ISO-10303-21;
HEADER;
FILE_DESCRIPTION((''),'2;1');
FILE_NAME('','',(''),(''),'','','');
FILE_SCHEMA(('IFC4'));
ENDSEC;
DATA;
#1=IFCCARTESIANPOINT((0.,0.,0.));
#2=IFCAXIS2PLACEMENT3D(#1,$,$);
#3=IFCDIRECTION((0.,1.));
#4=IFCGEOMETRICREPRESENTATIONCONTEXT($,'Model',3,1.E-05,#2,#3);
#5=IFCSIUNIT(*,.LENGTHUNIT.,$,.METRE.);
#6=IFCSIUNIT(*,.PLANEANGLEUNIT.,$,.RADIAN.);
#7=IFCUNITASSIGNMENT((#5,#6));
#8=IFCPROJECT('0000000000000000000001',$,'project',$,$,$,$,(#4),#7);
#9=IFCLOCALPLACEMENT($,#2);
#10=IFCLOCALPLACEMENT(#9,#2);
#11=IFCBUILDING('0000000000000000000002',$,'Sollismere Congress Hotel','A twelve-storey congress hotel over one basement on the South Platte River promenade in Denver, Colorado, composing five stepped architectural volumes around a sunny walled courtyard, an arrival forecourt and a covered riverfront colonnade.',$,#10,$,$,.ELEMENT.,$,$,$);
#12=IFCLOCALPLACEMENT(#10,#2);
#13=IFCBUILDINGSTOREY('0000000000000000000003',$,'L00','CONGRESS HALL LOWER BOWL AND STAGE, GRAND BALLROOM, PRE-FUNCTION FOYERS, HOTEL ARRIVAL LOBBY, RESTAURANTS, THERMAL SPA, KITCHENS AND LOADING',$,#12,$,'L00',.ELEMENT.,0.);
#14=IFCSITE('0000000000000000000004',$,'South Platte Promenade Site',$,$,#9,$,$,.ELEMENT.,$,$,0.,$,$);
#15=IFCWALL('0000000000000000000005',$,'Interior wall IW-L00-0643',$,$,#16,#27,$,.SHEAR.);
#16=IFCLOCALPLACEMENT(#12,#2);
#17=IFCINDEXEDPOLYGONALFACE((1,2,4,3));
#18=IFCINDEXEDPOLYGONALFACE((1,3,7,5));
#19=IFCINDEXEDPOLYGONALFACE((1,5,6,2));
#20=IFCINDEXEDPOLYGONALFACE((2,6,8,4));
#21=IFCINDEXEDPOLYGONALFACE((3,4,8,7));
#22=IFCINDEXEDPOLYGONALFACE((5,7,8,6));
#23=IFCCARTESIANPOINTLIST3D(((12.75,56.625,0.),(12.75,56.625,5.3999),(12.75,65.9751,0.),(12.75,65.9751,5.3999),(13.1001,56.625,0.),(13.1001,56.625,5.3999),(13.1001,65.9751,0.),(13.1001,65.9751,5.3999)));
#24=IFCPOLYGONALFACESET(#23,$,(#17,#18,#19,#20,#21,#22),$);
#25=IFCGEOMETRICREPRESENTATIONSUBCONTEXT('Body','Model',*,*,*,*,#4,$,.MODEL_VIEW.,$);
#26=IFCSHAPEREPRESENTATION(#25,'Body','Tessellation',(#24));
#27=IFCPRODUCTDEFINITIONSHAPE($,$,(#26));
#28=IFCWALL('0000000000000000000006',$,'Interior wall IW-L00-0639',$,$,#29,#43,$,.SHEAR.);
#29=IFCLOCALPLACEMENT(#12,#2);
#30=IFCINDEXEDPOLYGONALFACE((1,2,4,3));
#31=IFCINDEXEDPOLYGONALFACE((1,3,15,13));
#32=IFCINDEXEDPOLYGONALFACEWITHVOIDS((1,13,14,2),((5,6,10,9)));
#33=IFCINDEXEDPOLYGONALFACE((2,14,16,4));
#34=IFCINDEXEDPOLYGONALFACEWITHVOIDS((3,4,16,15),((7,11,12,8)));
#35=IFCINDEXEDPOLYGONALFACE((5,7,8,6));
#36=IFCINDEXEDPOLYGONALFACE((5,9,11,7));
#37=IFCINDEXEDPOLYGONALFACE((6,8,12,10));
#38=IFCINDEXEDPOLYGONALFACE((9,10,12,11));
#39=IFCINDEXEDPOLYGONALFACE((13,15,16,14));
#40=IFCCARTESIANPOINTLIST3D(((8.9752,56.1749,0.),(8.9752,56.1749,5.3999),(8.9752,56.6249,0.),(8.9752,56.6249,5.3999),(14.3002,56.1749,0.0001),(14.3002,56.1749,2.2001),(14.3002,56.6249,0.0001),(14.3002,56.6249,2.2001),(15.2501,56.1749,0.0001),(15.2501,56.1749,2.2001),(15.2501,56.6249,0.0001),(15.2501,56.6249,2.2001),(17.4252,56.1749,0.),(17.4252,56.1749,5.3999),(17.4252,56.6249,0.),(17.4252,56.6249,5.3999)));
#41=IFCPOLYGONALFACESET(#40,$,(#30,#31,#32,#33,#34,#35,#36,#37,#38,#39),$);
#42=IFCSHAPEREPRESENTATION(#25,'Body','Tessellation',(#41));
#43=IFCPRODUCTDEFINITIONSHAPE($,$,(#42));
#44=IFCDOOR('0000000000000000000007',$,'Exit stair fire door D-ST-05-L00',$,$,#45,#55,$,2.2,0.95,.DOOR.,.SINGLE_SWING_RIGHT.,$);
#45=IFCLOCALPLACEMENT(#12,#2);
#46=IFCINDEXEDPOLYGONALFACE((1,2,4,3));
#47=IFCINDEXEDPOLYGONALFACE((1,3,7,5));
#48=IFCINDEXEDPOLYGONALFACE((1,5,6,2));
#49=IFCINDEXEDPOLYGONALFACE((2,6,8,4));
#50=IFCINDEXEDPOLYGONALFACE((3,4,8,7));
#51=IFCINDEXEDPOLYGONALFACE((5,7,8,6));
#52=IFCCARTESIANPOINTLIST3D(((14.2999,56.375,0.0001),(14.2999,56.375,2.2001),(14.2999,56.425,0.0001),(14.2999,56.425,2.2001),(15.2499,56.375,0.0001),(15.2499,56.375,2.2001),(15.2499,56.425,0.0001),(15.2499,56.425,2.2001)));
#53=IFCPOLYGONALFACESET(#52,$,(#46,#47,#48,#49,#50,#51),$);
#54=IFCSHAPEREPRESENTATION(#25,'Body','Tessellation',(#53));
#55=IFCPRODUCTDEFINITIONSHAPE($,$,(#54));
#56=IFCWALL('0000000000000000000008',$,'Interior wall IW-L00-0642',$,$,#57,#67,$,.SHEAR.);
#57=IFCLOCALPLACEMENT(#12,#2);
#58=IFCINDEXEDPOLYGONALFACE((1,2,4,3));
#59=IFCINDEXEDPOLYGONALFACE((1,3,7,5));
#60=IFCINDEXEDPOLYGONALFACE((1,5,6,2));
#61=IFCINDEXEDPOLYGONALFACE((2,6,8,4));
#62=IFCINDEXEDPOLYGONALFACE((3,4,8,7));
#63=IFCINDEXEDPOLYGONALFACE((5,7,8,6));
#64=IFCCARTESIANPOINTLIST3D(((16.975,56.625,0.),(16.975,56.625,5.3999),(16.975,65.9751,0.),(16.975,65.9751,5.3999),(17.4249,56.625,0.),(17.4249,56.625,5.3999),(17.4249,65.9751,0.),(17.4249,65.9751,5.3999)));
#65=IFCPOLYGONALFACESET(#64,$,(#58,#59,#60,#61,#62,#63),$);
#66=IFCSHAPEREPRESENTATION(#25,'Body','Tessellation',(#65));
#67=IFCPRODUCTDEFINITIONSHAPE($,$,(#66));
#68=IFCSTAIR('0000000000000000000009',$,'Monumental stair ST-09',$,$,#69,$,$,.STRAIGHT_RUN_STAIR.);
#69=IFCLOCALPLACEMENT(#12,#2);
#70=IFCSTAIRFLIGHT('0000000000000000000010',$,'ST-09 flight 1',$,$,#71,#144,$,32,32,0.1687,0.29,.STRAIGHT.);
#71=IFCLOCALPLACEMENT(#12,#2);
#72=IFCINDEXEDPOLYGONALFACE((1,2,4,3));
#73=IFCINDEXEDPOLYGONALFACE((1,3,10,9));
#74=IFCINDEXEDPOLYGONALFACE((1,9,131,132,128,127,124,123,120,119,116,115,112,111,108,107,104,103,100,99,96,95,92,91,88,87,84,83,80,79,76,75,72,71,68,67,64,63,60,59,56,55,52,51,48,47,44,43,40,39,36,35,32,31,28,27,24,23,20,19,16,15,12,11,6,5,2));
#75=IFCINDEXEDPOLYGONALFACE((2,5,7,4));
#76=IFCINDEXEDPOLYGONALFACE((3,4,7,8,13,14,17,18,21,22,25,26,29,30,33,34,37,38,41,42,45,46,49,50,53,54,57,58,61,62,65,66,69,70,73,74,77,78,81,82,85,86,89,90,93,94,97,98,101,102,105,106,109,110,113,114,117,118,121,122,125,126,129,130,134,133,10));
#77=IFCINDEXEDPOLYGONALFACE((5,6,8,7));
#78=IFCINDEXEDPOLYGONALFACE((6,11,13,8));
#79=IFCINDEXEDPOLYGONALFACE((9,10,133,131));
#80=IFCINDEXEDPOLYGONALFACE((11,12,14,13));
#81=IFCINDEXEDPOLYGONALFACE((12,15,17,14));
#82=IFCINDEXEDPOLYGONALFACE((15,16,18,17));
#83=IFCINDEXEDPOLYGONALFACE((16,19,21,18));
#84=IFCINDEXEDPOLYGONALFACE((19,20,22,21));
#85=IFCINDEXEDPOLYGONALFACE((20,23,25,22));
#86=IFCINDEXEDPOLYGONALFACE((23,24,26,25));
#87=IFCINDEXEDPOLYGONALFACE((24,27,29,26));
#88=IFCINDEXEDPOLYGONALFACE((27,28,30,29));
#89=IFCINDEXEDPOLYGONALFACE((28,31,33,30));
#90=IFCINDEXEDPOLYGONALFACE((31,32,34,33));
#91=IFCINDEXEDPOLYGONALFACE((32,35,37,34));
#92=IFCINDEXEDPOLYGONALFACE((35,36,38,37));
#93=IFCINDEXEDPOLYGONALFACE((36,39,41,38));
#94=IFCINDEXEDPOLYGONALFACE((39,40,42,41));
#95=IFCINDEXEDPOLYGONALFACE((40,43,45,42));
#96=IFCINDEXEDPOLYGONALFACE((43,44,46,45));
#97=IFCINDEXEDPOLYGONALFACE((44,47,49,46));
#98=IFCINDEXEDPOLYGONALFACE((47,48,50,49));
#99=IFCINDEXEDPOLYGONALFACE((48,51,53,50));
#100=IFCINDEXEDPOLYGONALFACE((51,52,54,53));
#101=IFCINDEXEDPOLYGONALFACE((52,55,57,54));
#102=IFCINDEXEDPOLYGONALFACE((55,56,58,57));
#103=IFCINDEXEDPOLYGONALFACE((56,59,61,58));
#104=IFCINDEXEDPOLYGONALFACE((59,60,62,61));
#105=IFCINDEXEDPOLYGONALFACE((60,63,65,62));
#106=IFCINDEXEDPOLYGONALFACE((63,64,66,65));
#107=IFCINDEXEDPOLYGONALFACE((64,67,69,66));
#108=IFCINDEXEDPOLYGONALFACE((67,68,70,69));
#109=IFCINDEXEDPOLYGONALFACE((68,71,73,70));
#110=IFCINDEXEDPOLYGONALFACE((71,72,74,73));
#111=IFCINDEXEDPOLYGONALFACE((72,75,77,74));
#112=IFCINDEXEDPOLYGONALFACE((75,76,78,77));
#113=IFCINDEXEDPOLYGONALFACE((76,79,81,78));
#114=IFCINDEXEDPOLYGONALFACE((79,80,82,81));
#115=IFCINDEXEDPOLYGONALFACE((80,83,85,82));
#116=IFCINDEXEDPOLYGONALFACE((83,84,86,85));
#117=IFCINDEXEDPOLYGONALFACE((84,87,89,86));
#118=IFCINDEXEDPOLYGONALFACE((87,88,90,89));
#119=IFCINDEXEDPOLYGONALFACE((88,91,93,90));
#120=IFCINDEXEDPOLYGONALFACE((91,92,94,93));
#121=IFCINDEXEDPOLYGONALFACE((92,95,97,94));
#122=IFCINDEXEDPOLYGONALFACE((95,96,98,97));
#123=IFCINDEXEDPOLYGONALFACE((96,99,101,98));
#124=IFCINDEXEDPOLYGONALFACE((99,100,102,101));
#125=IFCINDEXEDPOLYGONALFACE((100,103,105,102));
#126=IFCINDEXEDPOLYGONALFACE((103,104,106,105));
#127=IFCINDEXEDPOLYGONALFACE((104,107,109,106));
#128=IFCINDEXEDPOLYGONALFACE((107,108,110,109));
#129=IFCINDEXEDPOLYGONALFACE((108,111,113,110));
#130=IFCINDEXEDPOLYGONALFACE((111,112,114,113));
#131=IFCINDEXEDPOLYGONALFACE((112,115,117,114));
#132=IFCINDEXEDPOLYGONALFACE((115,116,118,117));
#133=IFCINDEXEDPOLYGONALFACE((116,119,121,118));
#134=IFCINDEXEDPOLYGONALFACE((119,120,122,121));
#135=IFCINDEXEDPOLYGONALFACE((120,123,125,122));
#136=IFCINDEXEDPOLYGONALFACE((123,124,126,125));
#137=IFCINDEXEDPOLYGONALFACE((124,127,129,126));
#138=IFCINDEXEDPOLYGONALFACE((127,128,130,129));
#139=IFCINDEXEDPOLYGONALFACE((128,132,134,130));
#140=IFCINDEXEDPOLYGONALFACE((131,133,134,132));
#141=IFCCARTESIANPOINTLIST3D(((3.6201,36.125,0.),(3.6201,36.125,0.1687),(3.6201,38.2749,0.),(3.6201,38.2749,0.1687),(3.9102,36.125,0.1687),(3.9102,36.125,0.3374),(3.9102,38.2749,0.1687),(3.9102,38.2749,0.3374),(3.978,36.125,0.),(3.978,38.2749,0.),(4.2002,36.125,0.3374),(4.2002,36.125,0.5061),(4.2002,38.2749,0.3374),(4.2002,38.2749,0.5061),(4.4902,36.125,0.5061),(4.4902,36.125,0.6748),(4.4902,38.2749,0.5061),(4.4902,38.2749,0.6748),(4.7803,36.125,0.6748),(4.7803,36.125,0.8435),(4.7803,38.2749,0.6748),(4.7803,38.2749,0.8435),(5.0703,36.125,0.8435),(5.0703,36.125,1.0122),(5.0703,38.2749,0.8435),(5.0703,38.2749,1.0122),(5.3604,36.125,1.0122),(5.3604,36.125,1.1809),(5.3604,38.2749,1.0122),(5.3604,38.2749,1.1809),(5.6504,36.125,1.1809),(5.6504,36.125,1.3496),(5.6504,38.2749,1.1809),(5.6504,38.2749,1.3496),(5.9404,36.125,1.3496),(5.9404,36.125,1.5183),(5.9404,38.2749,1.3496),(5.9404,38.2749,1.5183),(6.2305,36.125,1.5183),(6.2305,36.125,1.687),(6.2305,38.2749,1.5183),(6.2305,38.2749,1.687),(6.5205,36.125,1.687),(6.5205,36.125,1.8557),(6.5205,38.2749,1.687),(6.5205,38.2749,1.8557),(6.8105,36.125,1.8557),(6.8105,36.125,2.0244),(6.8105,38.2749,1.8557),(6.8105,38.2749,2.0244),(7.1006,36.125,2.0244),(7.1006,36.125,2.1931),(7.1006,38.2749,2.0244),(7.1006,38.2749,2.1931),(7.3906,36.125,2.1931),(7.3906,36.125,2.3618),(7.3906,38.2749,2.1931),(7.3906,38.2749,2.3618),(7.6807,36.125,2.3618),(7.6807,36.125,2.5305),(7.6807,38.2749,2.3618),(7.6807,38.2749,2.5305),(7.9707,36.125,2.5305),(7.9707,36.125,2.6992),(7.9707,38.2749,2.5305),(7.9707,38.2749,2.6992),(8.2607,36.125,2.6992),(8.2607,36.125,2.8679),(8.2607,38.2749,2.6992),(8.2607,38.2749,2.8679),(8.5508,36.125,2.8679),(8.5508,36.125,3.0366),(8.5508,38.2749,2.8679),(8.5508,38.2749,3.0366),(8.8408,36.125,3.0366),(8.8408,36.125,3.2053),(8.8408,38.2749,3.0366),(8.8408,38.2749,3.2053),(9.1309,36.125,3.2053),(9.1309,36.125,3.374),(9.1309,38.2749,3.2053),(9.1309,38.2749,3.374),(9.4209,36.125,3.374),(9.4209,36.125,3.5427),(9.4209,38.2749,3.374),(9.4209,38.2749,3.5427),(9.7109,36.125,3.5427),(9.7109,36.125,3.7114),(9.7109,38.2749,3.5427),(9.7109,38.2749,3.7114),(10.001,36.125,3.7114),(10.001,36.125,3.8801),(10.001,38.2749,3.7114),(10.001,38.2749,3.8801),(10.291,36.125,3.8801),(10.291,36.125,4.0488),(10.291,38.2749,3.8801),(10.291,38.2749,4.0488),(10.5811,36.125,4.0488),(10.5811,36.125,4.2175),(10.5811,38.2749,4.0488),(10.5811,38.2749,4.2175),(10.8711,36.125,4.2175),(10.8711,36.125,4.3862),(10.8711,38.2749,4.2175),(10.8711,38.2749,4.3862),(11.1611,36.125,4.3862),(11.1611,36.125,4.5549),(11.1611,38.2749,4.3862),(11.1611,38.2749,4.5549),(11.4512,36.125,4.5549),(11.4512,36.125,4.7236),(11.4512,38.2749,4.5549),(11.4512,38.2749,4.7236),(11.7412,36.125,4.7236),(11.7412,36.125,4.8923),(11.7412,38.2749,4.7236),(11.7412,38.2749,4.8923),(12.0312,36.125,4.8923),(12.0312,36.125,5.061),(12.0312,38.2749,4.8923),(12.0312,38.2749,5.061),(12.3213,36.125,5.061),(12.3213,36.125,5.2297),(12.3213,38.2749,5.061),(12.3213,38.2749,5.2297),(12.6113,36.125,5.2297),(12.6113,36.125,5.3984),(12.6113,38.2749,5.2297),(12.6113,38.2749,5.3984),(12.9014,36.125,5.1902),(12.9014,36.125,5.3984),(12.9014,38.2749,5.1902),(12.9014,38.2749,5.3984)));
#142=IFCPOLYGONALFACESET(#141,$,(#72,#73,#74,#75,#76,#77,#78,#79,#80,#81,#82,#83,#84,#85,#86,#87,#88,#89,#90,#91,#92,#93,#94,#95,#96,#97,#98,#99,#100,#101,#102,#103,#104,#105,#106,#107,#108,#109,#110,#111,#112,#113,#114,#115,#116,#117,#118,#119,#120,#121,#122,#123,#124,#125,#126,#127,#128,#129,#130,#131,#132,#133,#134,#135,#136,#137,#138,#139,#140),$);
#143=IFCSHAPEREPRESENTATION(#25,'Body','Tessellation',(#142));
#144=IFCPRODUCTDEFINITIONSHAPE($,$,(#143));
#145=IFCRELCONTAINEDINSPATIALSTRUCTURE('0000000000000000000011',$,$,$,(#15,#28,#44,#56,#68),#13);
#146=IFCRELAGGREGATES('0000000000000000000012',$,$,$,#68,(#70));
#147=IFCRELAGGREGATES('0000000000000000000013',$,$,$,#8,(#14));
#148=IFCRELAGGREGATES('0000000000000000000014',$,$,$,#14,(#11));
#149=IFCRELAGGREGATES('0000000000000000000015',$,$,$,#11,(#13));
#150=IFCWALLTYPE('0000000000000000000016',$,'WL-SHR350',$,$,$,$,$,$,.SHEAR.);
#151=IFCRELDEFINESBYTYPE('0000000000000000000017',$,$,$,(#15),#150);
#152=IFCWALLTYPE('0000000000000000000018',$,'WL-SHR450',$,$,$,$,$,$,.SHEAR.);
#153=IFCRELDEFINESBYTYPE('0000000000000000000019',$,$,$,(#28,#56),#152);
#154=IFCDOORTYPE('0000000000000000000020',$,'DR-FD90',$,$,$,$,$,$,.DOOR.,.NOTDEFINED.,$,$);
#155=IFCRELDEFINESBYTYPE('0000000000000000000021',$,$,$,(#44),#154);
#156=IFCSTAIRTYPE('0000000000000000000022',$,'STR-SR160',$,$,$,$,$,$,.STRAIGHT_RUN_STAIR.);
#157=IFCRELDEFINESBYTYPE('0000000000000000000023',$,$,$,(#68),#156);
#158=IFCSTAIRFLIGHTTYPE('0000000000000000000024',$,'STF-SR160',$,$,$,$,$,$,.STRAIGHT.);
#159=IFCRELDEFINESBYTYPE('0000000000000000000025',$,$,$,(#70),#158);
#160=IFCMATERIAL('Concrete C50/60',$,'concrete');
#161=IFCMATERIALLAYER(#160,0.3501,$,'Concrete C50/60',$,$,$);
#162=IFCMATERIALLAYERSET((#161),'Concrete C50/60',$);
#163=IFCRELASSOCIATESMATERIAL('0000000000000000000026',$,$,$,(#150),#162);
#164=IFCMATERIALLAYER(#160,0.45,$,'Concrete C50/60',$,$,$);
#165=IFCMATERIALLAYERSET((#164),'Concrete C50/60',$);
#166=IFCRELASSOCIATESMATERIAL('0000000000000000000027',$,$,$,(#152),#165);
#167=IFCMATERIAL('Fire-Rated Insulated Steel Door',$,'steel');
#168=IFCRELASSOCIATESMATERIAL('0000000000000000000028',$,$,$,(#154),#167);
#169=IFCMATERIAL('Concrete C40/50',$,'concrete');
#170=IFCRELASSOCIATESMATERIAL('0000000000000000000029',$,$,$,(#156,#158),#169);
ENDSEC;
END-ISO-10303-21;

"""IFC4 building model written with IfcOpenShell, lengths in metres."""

from ifc_helpers import new_model, si_unit, direction, frame, frame_2d, origin, place, context, subcontext, project, spatial, polyline, rectangle, outline, extrude, material, layer, layer_set, type_object, element, fill, aggregate, save


model = new_model("IFC4")

# Units and contexts
model_context = context("Model", 3, precision=1e-05, world=origin(), true_north=direction((0.0, 1.0)))
body_context = subcontext(model_context, "Body", "Model", "MODEL_VIEW")
ifc_project = project(units=[si_unit("LENGTHUNIT", "METRE"), si_unit("PLANEANGLEUNIT", "RADIAN")], contexts=[model_context])

# Site, building, storey
site_placement = place(None, origin())
site = spatial("IfcSite", under=ifc_project, at=site_placement, Name="South Platte Promenade Site", CompositionType="ELEMENT", RefElevation=0.0)
building_placement = place(site_placement, origin())
building = spatial("IfcBuilding", under=site, at=building_placement, Name="Sollismere Congress Hotel", Description="A twelve-storey congress hotel over one basement on the South Platte River promenade in Denver, Colorado, composing five stepped architectural volumes around a sunny walled courtyard, an arrival forecourt and a covered riverfront colonnade.", CompositionType="ELEMENT")
storey_placement = place(building_placement, origin())
storey = spatial("IfcBuildingStorey", under=building, at=storey_placement, Name="L00", Description="CONGRESS HALL LOWER BOWL AND STAGE, GRAND BALLROOM, PRE-FUNCTION FOYERS, HOTEL ARRIVAL LOBBY, RESTAURANTS, THERMAL SPA, KITCHENS AND LOADING", LongName="L00", CompositionType="ELEMENT", Elevation=0.0)

# Wall
ifc_material_1 = material(Name="Concrete C50/60", Category="concrete")
ifc_layer_1 = layer(ifc_material_1, 0.3501, Name="Concrete C50/60")
ifc_layer_set_1 = layer_set([ifc_layer_1], Name="Concrete C50/60")
wall_type_1 = type_object("IfcWallType", Name="WL-SHR350", PredefinedType="SHEAR", material=ifc_layer_set_1)
wall_1_placement = place(storey_placement, frame((12.925, 56.625, 0.0), z_axis=(0.0, 0.0, 1.0), x_axis=(0.0, 1.0, 0.0)))
element("IfcWall", 1, at=wall_1_placement, inside=storey, type_object=wall_type_1, Name="Interior wall IW-L00-0643", PredefinedType="SHEAR", context=body_context, shape_type="SweptSolid", body=[
    extrude(rectangle(XDim=9.3501, YDim=0.3501, at=frame_2d((4.675, 0.0))), origin(), (0.0, 0.0, 1.0), 5.3999),
])

# Wall, opening, door
ifc_layer_2 = layer(ifc_material_1, 0.45, Name="Concrete C50/60")
ifc_layer_set_2 = layer_set([ifc_layer_2], Name="Concrete C50/60")
wall_type_2 = type_object("IfcWallType", Name="WL-SHR450", PredefinedType="SHEAR", material=ifc_layer_set_2)
wall_2_placement = place(storey_placement, frame((8.9751, 56.3999, 0.0), z_axis=(0.0, 0.0, 1.0), x_axis=(1.0, 0.0, 0.0)))
wall_2 = element("IfcWall", 2, at=wall_2_placement, inside=storey, type_object=wall_type_2, Name="Interior wall IW-L00-0639", PredefinedType="SHEAR", context=body_context, shape_type="SweptSolid", body=[
    extrude(rectangle(XDim=8.45, YDim=0.45, at=frame_2d((4.2251, 0.0))), origin(), (0.0, 0.0, 1.0), 5.3999),
])
opening_1_placement = place(wall_2_placement, frame((5.325, 0.0, 0.0)))
opening_1 = element("IfcOpeningElement", 3, at=opening_1_placement, cuts=wall_2, PredefinedType="OPENING", context=body_context, shape_type="SweptSolid", body=[
    extrude(rectangle(XDim=0.95, YDim=2.2, at=frame_2d((0.4751, 1.1001))), frame((0.0, 0.2349, 0.0), z_axis=(0.0, -1.0, 0.0), x_axis=(1.0, 0.0, 0.0)), (0.0, 0.0, 1.0), 0.47),
])
ifc_material_2 = material(Name="Fire-Rated Insulated Steel Door", Category="steel")
door_type = type_object("IfcDoorType", Name="DR-FD90", OperationType="NOTDEFINED", PredefinedType="DOOR", material=ifc_material_2)
door_placement = place(opening_1_placement, frame((0.95, 0.0, 0.0), z_axis=(0.0, 0.0, 1.0), x_axis=(-1.0, 0.0, 0.0)))
door = element("IfcDoor", 4, at=door_placement, inside=storey, type_object=door_type, Name="Exit stair fire door D-ST-05-L00", OperationType="SINGLE_SWING_RIGHT", OverallHeight=2.2, OverallWidth=0.95, PredefinedType="DOOR", context=body_context, shape_type="SweptSolid", body=[
    extrude(rectangle(XDim=0.95, YDim=2.2, at=frame_2d((0.4751, 1.1001))), frame((0.0, 0.0249, 0.0), z_axis=(0.0, -1.0, 0.0), x_axis=(1.0, 0.0, 0.0)), (0.0, 0.0, 1.0), 0.05),
])
fill(opening_1, door)

# Wall
wall_3_placement = place(storey_placement, frame((17.2, 56.625, 0.0), z_axis=(0.0, 0.0, 1.0), x_axis=(0.0, 1.0, 0.0)))
element("IfcWall", 5, at=wall_3_placement, inside=storey, type_object=wall_type_2, Name="Interior wall IW-L00-0642", PredefinedType="SHEAR", context=body_context, shape_type="SweptSolid", body=[
    extrude(rectangle(XDim=9.3501, YDim=0.45, at=frame_2d((4.675, 0.0))), origin(), (0.0, 0.0, 1.0), 5.3999),
])

# Stair, stair flight
ifc_material_3 = material(Name="Concrete C40/50", Category="concrete")
stair_type = type_object("IfcStairType", Name="STR-SR160", PredefinedType="STRAIGHT_RUN_STAIR", material=ifc_material_3)
stair_placement = place(storey_placement, origin())
stair = element("IfcStair", 6, at=stair_placement, inside=storey, type_object=stair_type, Name="Monumental stair ST-09", PredefinedType="STRAIGHT_RUN_STAIR")
stair_flight_type = type_object("IfcStairFlightType", Name="STF-SR160", PredefinedType="STRAIGHT", material=ifc_material_3)
stair_flight_placement = place(storey_placement, frame((3.6201, 37.2, 0.0), z_axis=(0.0, 0.0, 1.0), x_axis=(1.0, 0.0, 0.0)))
stair_flight = element("IfcStairFlight", 7, at=stair_flight_placement, type_object=stair_flight_type, Name="ST-09 flight 1", NumberOfRisers=32, NumberOfTreads=32, PredefinedType="STRAIGHT", RiserHeight=0.1687, TreadLength=0.29, context=body_context, shape_type="SweptSolid", body=[
    extrude(outline(polyline([(0.0, 0.0), (0.0, 0.1687), (0.29, 0.1687), (0.29, 0.3374), (0.5801, 0.3374), (0.5801, 0.5061), (0.8701, 0.5061), (0.8701, 0.6748), (1.1602, 0.6748), (1.1602, 0.8435), (1.4502, 0.8435), (1.4502, 1.0122), (1.7402, 1.0122), (1.7402, 1.1809), (2.0303, 1.1809), (2.0303, 1.3496), (2.3203, 1.3496), (2.3203, 1.5183), (2.6104, 1.5183), (2.6104, 1.687), (2.9004, 1.687), (2.9004, 1.8557), (3.1904, 1.8557), (3.1904, 2.0244), (3.4805, 2.0244), (3.4805, 2.1931), (3.7705, 2.1931), (3.7705, 2.3618), (4.0605, 2.3618), (4.0605, 2.5305), (4.3506, 2.5305), (4.3506, 2.6992), (4.6406, 2.6992), (4.6406, 2.8679), (4.9307, 2.8679), (4.9307, 3.0366), (5.2207, 3.0366), (5.2207, 3.2053), (5.5107, 3.2053), (5.5107, 3.374), (5.8008, 3.374), (5.8008, 3.5427), (6.0908, 3.5427), (6.0908, 3.7114), (6.3809, 3.7114), (6.3809, 3.8801), (6.6709, 3.8801), (6.6709, 4.0488), (6.9609, 4.0488), (6.9609, 4.2175), (7.251, 4.2175), (7.251, 4.3862), (7.541, 4.3862), (7.541, 4.5549), (7.8311, 4.5549), (7.8311, 4.7236), (8.1211, 4.7236), (8.1211, 4.8923), (8.4111, 4.8923), (8.4111, 5.061), (8.7012, 5.061), (8.7012, 5.2297), (8.9912, 5.2297), (8.9912, 5.3984), (9.2812, 5.3984), (9.2812, 5.1902), (0.3579, 0.0), (0.0, 0.0)])), frame((0.0, 1.075, 0.0), z_axis=(0.0, -1.0, 0.0), x_axis=(1.0, 0.0, 0.0)), (0.0, 0.0, 1.0), 2.1499),
])
aggregate(stair, [stair_flight])

save(model, "model.ifc")
